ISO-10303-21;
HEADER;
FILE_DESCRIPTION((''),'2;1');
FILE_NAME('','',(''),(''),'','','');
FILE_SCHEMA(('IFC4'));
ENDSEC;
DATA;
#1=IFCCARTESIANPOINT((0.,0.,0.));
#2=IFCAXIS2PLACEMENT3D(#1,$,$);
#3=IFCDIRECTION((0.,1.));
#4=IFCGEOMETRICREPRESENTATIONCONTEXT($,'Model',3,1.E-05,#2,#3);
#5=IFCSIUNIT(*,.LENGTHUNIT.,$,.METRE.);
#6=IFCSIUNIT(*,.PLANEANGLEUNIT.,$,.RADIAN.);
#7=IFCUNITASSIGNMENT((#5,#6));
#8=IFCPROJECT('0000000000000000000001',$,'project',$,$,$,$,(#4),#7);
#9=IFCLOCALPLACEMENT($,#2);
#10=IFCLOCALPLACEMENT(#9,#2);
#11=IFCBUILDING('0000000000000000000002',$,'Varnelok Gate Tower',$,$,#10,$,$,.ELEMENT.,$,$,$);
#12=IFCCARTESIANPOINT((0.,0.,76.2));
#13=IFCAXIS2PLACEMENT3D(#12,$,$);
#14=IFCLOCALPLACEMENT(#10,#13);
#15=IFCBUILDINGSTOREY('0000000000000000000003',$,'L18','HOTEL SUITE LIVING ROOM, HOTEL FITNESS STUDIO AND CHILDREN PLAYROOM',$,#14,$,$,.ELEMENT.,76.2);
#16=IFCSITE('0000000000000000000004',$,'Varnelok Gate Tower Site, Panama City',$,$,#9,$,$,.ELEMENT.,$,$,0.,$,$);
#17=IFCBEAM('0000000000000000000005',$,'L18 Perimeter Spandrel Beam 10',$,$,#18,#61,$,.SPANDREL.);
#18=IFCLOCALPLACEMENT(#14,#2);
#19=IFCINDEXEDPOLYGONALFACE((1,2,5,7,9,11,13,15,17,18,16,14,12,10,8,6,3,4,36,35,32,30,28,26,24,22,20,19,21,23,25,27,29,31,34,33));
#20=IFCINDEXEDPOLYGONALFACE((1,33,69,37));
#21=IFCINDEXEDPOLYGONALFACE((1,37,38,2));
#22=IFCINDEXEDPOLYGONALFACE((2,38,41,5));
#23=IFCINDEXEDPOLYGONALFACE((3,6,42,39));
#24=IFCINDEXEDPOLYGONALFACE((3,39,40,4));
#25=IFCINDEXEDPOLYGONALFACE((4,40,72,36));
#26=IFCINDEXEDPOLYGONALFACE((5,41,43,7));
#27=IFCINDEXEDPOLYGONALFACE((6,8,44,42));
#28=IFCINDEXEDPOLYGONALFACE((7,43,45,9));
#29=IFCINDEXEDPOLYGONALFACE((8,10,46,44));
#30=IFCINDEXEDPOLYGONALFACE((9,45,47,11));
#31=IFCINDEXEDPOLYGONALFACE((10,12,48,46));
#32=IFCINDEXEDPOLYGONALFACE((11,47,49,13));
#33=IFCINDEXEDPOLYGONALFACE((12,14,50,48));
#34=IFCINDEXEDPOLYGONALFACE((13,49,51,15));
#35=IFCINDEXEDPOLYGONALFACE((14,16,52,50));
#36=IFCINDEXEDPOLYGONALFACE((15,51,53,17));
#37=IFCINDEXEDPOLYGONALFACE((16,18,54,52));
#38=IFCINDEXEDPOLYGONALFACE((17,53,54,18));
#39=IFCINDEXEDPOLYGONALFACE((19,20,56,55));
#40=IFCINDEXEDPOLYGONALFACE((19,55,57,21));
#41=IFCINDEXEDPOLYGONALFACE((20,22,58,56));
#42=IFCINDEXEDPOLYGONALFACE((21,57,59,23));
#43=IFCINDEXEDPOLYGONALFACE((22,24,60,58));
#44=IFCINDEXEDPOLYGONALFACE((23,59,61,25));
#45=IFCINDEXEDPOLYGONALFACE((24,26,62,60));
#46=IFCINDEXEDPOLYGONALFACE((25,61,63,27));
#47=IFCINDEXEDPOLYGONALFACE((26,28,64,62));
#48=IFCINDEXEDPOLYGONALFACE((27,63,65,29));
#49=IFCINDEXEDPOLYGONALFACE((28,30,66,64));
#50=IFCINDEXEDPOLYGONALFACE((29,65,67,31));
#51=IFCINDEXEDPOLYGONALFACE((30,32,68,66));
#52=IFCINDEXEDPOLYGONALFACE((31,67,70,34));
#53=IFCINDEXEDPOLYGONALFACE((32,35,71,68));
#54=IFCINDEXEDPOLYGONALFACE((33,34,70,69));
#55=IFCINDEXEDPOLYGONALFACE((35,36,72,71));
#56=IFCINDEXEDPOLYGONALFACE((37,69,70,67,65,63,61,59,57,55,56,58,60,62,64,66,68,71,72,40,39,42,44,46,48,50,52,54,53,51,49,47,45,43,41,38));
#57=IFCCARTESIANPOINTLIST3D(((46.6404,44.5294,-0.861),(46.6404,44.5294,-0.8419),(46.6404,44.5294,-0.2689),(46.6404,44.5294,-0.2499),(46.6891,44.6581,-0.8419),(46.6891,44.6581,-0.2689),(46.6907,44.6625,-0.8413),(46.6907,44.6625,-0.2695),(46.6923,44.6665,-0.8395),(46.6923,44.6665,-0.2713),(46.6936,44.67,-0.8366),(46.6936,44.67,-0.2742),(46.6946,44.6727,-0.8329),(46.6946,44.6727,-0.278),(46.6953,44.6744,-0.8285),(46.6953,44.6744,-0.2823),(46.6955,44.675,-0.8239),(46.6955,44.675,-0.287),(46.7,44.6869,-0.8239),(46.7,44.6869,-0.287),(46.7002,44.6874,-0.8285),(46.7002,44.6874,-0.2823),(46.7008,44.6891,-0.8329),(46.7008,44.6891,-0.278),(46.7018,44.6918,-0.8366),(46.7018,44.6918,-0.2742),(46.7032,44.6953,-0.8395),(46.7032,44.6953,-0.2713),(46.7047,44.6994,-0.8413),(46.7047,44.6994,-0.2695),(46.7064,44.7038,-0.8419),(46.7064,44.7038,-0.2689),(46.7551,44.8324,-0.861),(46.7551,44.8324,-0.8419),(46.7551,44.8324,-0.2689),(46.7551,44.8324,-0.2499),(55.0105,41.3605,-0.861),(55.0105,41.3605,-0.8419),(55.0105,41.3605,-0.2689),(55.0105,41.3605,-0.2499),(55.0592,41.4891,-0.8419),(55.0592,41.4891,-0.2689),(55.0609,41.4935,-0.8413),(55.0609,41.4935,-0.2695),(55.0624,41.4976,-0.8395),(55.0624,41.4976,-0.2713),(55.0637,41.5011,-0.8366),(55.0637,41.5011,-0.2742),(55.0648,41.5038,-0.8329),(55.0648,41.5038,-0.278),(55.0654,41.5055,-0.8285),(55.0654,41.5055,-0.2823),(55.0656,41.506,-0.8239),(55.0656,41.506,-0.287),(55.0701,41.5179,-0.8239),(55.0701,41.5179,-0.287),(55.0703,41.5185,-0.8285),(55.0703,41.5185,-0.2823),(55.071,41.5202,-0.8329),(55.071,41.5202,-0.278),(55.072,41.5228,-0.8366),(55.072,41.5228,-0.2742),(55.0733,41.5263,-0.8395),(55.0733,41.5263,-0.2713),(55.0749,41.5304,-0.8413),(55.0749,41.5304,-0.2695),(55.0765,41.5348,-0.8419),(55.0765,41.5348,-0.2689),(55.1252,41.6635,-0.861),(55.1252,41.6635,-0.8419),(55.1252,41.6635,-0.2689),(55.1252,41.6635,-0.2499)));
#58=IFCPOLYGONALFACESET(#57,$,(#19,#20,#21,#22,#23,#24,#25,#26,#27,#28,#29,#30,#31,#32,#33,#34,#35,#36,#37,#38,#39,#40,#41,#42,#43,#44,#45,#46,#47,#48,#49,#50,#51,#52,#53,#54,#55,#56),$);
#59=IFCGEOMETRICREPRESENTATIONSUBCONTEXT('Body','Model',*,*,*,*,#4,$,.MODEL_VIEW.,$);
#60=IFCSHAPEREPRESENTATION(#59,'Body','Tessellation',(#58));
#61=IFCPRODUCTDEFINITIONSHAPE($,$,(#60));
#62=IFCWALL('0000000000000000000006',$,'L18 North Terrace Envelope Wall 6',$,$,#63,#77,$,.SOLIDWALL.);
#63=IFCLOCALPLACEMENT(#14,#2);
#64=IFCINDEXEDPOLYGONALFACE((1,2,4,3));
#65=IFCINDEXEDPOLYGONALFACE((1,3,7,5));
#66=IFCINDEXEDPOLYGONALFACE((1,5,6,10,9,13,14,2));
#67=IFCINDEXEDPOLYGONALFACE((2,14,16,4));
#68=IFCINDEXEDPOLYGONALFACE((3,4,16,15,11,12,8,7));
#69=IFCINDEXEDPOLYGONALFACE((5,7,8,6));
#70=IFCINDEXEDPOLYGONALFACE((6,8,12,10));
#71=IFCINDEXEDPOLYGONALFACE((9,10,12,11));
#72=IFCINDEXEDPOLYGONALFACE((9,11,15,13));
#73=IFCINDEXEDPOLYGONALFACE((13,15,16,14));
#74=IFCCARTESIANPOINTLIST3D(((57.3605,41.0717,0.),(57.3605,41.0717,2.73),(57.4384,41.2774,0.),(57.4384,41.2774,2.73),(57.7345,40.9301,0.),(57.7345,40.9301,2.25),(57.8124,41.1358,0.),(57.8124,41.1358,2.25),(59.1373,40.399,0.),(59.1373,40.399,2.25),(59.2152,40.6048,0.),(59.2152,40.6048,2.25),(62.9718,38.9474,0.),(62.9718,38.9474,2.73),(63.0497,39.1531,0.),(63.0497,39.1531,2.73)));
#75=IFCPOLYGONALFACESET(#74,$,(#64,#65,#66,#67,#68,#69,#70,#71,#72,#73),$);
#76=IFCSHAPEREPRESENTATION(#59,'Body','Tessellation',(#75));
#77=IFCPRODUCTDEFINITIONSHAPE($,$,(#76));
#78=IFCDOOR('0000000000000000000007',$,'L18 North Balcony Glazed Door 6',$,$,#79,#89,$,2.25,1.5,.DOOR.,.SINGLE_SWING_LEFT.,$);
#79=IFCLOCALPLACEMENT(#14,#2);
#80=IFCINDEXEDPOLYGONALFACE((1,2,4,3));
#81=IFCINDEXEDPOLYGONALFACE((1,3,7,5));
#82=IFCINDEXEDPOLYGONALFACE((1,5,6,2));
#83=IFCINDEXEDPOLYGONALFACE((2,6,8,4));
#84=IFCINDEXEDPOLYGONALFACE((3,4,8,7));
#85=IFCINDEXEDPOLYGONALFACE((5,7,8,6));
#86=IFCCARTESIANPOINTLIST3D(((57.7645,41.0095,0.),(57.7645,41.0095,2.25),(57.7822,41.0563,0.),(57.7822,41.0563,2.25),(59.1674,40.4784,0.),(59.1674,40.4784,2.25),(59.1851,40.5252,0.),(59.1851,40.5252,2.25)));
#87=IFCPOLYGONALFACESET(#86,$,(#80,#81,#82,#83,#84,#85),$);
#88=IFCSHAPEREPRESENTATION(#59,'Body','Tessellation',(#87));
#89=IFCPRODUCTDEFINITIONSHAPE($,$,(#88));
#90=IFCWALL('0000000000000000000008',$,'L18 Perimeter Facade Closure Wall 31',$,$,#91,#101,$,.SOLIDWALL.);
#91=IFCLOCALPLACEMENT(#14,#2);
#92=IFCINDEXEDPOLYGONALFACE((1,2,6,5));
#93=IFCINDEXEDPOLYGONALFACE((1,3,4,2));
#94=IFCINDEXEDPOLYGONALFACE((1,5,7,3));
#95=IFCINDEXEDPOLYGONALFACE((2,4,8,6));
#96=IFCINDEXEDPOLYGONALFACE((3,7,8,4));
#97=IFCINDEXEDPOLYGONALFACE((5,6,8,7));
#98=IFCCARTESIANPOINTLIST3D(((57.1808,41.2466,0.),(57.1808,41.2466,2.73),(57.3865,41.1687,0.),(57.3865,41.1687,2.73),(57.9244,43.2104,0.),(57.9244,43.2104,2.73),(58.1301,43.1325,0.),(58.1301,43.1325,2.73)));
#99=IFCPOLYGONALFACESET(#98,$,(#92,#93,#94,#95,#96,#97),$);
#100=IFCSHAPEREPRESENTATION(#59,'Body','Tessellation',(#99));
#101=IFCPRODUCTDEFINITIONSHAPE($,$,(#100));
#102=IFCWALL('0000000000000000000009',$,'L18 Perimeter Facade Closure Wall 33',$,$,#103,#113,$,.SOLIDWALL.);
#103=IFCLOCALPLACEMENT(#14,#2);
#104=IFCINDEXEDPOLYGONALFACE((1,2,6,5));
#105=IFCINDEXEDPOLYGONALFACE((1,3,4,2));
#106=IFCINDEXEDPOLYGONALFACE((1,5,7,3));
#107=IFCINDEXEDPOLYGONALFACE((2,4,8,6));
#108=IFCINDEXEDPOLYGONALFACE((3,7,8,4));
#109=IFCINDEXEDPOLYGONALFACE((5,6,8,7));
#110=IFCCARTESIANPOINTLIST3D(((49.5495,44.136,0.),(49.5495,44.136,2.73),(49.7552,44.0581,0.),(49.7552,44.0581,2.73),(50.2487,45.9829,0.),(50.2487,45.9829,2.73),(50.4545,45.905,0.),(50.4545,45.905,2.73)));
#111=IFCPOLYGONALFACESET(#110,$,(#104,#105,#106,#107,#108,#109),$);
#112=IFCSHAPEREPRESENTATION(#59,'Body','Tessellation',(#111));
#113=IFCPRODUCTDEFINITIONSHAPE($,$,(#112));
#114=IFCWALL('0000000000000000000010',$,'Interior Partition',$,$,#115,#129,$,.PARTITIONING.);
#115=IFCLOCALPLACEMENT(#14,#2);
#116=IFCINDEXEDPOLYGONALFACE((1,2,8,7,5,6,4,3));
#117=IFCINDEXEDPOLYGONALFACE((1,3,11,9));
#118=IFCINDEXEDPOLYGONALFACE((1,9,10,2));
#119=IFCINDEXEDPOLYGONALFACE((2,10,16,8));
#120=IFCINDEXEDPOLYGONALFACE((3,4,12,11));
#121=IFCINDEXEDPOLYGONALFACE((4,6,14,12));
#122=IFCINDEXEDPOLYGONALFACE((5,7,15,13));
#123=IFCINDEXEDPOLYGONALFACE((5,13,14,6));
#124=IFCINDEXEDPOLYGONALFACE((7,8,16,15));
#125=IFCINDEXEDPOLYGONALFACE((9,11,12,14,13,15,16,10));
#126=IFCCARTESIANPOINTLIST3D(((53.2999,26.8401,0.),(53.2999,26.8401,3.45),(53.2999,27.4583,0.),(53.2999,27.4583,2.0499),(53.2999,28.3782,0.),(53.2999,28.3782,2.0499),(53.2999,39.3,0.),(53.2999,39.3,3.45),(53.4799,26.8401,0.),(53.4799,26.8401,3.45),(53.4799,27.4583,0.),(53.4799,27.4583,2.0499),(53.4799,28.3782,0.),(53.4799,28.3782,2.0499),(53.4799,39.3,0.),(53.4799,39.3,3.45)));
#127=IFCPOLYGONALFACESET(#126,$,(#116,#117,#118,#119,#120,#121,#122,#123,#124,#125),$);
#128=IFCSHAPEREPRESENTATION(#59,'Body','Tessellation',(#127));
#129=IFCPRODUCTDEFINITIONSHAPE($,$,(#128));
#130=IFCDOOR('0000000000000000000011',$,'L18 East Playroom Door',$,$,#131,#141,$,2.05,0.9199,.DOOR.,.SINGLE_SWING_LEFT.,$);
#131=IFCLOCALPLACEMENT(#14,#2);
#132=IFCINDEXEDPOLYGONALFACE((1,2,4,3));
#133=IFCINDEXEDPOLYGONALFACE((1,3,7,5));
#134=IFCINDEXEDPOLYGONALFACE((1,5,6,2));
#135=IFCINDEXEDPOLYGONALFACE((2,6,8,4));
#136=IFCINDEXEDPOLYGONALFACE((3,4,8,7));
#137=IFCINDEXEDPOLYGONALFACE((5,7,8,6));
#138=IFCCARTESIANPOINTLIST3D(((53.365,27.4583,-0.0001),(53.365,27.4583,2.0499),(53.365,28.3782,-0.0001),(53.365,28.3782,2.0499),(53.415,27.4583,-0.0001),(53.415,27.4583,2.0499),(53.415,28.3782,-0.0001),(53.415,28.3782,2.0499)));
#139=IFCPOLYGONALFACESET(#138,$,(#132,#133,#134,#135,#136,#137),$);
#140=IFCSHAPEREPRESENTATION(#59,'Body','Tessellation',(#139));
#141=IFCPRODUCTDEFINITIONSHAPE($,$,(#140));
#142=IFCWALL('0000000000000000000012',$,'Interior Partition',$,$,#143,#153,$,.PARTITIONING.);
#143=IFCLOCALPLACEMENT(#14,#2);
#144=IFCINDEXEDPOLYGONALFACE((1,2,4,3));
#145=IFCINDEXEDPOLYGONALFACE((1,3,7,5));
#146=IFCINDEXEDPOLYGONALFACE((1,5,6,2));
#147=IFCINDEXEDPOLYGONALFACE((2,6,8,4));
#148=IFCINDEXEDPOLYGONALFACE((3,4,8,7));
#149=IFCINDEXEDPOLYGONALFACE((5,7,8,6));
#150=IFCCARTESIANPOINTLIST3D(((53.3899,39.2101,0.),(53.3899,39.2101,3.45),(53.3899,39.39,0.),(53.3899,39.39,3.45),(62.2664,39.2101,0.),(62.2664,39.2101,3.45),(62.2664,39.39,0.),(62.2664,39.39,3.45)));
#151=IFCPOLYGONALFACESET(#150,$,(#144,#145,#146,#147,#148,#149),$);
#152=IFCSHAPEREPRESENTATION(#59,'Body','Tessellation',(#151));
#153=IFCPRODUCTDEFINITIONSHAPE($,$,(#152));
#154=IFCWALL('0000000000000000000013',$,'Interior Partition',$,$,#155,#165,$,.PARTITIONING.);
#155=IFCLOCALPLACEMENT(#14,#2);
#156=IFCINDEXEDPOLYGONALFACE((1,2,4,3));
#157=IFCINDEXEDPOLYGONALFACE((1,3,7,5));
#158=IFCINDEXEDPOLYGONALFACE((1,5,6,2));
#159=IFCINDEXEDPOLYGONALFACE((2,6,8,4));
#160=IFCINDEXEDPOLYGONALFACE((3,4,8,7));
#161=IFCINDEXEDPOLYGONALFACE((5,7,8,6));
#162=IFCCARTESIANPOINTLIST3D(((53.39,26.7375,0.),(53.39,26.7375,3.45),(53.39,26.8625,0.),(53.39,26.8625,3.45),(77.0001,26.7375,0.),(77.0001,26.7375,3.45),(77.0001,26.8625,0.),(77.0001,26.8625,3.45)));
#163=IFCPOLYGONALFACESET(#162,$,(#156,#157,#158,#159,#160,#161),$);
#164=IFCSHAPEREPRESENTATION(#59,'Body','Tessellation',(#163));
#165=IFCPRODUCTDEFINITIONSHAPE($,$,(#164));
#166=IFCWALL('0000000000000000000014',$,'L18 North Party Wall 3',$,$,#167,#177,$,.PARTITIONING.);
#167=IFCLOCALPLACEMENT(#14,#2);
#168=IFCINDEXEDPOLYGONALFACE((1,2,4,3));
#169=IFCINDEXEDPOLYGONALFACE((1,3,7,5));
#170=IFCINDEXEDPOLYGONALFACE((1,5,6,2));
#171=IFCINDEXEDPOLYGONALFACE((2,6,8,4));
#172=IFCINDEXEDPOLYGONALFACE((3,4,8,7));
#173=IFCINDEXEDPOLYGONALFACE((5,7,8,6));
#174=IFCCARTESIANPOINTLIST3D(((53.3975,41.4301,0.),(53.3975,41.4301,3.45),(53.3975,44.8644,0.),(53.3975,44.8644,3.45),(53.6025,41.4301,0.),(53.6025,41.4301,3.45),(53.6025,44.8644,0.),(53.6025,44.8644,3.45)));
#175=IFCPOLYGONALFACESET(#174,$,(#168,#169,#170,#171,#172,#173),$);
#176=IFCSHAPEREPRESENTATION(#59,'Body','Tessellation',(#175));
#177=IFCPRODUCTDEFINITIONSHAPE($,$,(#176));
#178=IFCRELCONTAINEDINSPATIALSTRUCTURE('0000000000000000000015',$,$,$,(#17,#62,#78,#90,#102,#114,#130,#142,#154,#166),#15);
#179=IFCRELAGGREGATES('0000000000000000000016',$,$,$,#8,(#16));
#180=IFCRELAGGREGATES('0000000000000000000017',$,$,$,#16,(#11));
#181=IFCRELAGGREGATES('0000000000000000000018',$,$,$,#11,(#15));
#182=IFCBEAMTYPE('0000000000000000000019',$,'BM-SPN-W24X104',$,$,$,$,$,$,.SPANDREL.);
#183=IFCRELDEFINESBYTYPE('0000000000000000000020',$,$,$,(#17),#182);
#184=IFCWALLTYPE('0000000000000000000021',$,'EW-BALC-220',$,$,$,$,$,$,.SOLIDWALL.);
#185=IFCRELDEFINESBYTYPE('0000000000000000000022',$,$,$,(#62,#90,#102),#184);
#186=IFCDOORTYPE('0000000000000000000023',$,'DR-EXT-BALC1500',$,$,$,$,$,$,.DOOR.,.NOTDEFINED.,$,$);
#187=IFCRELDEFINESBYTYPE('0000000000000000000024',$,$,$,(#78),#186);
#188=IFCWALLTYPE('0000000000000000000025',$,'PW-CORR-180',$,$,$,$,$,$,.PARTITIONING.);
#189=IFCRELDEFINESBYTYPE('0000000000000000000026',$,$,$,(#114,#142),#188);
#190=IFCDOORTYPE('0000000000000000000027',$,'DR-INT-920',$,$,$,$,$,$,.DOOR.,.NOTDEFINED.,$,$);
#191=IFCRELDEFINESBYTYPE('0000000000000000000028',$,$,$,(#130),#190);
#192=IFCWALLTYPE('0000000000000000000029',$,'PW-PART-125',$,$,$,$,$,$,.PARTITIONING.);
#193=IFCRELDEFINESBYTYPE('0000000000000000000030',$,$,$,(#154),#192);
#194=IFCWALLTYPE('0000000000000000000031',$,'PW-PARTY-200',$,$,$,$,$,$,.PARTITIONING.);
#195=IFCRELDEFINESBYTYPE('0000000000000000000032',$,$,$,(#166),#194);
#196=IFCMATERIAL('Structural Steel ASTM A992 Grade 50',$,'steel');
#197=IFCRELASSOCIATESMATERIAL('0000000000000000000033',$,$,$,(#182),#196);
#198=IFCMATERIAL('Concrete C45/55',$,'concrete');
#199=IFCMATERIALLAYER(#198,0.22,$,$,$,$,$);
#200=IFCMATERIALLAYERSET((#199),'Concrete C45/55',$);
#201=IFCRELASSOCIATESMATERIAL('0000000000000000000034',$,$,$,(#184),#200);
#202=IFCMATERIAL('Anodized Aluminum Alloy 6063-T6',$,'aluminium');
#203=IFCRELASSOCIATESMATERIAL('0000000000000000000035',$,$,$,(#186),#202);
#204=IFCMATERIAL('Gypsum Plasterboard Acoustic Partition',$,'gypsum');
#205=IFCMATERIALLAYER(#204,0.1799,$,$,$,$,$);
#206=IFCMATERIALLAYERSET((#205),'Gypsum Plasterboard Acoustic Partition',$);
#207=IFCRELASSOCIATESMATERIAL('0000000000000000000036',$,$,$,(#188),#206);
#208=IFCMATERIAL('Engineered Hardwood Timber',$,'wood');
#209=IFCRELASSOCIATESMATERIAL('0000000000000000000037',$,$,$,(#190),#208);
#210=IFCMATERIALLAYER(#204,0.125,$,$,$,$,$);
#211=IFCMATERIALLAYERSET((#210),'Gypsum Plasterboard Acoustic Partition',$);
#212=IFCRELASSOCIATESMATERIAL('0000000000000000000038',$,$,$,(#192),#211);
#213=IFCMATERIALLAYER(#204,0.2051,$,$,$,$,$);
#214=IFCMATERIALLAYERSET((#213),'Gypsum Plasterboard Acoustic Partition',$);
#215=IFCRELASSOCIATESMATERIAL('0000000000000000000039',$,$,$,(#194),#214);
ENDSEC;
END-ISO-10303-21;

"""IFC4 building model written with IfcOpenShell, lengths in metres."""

from ifc_helpers import new_model, si_unit, direction, frame, frame_2d, origin, origin_2d, place, context, subcontext, project, spatial, rectangle, i_section, extrude, material, layer, layer_set, material_profile, profile_set, type_object, element, fill, save


model = new_model("IFC4")

# Units and contexts
model_context = context("Model", 3, precision=1e-05, world=origin(), true_north=direction((0.0, 1.0)))
body_context = subcontext(model_context, "Body", "Model", "MODEL_VIEW")
ifc_project = project(units=[si_unit("LENGTHUNIT", "METRE"), si_unit("PLANEANGLEUNIT", "RADIAN")], contexts=[model_context])

# Site, building, storey
site_placement = place(None, origin())
site = spatial("IfcSite", under=ifc_project, at=site_placement, Name="Varnelok Gate Tower Site, Panama City", CompositionType="ELEMENT", RefElevation=0.0)
building_placement = place(site_placement, origin())
building = spatial("IfcBuilding", under=site, at=building_placement, Name="Varnelok Gate Tower", CompositionType="ELEMENT")
storey_placement = place(building_placement, frame((0.0, 0.0, 76.2)))
storey = spatial("IfcBuildingStorey", under=building, at=storey_placement, Name="L18", Description="HOTEL SUITE LIVING ROOM, HOTEL FITNESS STUDIO AND CHILDREN PLAYROOM", CompositionType="ELEMENT", Elevation=76.2)

# Shared definitions
ifc_material_1 = material(Name="Structural Steel ASTM A992 Grade 50", Category="steel")

# Beam
ifc_material_profile_1 = material_profile(ifc_material_1, i_section(OverallWidth=0.324, OverallDepth=0.6111, WebThickness=0.0127, FlangeThickness=0.019, FilletRadius=0.0181, at=origin_2d()), Name="W24X104")
ifc_profile_set_1 = profile_set([ifc_material_profile_1], Name="Structural Steel ASTM A992 Grade 50")
beam_type_1 = type_object("IfcBeamType", Name="BM-SPN-W24X104", PredefinedType="SPANDREL", material=ifc_profile_set_1)
beam_1_placement = place(storey_placement, frame((55.0679, 41.512, -0.5554), z_axis=(-0.935217, 0.354075, 0.0), x_axis=(-0.354075, -0.935217, 0.0)))
element("IfcBeam", 1, at=beam_1_placement, inside=storey, type_object=beam_type_1, Name="L18 Perimeter Spandrel Beam 10", PredefinedType="SPANDREL", context=body_context, shape_type="SweptSolid", body=[
    extrude(i_section(OverallWidth=0.324, OverallDepth=0.6111, WebThickness=0.0127, FlangeThickness=0.019, FilletRadius=0.0181, at=origin_2d()), origin(), (0.0, 0.0, 1.0), 8.95),
])

# Wall, opening, door
ifc_material_2 = material(Name="Concrete C45/55", Category="concrete")
ifc_layer_1 = layer(ifc_material_2, 0.22)
ifc_layer_set_1 = layer_set([ifc_layer_1], Name="Concrete C45/55")
wall_type_1 = type_object("IfcWallType", Name="EW-BALC-220", PredefinedType="SOLIDWALL", material=ifc_layer_set_1)
wall_1_placement = place(storey_placement, frame((57.3994, 41.1746, 0.0), z_axis=(0.0, 0.0, 1.0), x_axis=(0.935228, -0.354047, 0.0)))
wall_1 = element("IfcWall", 2, at=wall_1_placement, inside=storey, type_object=wall_type_1, Name="L18 North Terrace Envelope Wall 6", PredefinedType="SOLIDWALL", context=body_context, shape_type="SweptSolid", body=[
    extrude(rectangle(XDim=6.0, YDim=0.22, at=frame_2d((3.0, 0.0))), origin(), (0.0, 0.0, 1.0), 2.73),
])
opening_1_placement = place(wall_1_placement, frame((0.3999, 0.0, 0.0)))
opening_1 = element("IfcOpeningElement", 3, at=opening_1_placement, cuts=wall_1, PredefinedType="OPENING", context=body_context, shape_type="SweptSolid", body=[
    extrude(rectangle(XDim=1.5, YDim=2.25, at=frame_2d((0.75, 1.125))), frame((0.0, 0.1199, 0.0), z_axis=(0.0, -1.0, 0.0), x_axis=(1.0, 0.0, 0.0)), (0.0, 0.0, 1.0), 0.24),
])
ifc_material_3 = material(Name="Anodized Aluminum Alloy 6063-T6", Category="aluminium")
door_type_1 = type_object("IfcDoorType", Name="DR-EXT-BALC1500", OperationType="NOTDEFINED", PredefinedType="DOOR", material=ifc_material_3)
door_1_placement = place(opening_1_placement, origin())
door_1 = element("IfcDoor", 4, at=door_1_placement, inside=storey, type_object=door_type_1, Name="L18 North Balcony Glazed Door 6", OperationType="SINGLE_SWING_LEFT", OverallHeight=2.25, OverallWidth=1.5, PredefinedType="DOOR", context=body_context, shape_type="SweptSolid", body=[
    extrude(rectangle(XDim=1.5, YDim=2.25, at=frame_2d((0.75, 1.125))), frame((0.0, 0.0249, 0.0), z_axis=(0.0, -1.0, 0.0), x_axis=(1.0, 0.0, 0.0)), (0.0, 0.0, 1.0), 0.05),
])
fill(opening_1, door_1)

# Walls
wall_2_placement = place(storey_placement, frame((57.2837, 41.2078, 0.0), z_axis=(0.0, 0.0, 1.0), x_axis=(0.354128, 0.935197, 0.0)))
element("IfcWall", 5, at=wall_2_placement, inside=storey, type_object=wall_type_1, Name="L18 Perimeter Facade Closure Wall 31", PredefinedType="SOLIDWALL", context=body_context, shape_type="SweptSolid", body=[
    extrude(rectangle(XDim=2.0999, YDim=0.22, at=frame_2d((1.0498, 0.0))), origin(), (0.0, 0.0, 1.0), 2.73),
])
wall_3_placement = place(storey_placement, frame((50.3516, 45.9438, 0.0), z_axis=(0.0, 0.0, 1.0), x_axis=(-0.354062, -0.935222, 0.0)))
element("IfcWall", 6, at=wall_3_placement, inside=storey, type_object=wall_type_1, Name="L18 Perimeter Facade Closure Wall 33", PredefinedType="SOLIDWALL", context=body_context, shape_type="SweptSolid", body=[
    extrude(rectangle(XDim=1.9749, YDim=0.22, at=frame_2d((0.9873, 0.0))), origin(), (0.0, 0.0, 1.0), 2.73),
])

# Wall, opening, door
ifc_material_4 = material(Name="Gypsum Plasterboard Acoustic Partition", Category="gypsum")
ifc_layer_2 = layer(ifc_material_4, 0.1799)
ifc_layer_set_2 = layer_set([ifc_layer_2], Name="Gypsum Plasterboard Acoustic Partition")
wall_type_2 = type_object("IfcWallType", Name="PW-CORR-180", PredefinedType="PARTITIONING", material=ifc_layer_set_2)
wall_4_placement = place(storey_placement, frame((53.3899, 26.8401, 0.0), z_axis=(0.0, 0.0, 1.0), x_axis=(0.0, 1.0, 0.0)))
wall_4 = element("IfcWall", 7, at=wall_4_placement, inside=storey, type_object=wall_type_2, Name="Interior Partition", PredefinedType="PARTITIONING", context=body_context, shape_type="SweptSolid", body=[
    extrude(rectangle(XDim=12.46, YDim=0.1799, at=frame_2d((6.23, 0.0))), origin(), (0.0, 0.0, 1.0), 3.45),
])
opening_2_placement = place(wall_4_placement, frame((0.6182, 0.0, 0.0)))
opening_2 = element("IfcOpeningElement", 8, at=opening_2_placement, cuts=wall_4, PredefinedType="OPENING", context=body_context, shape_type="SweptSolid", body=[
    extrude(rectangle(XDim=0.9199, YDim=2.05, at=frame_2d((0.46, 1.0249))), frame((0.0, 0.0999, 0.0), z_axis=(0.0, -1.0, 0.0), x_axis=(1.0, 0.0, 0.0)), (0.0, 0.0, 1.0), 0.2),
])
ifc_material_5 = material(Name="Engineered Hardwood Timber", Category="wood")
door_type_2 = type_object("IfcDoorType", Name="DR-INT-920", OperationType="NOTDEFINED", PredefinedType="DOOR", material=ifc_material_5)
door_2_placement = place(opening_2_placement, origin())
door_2 = element("IfcDoor", 9, at=door_2_placement, inside=storey, type_object=door_type_2, Name="L18 East Playroom Door", OperationType="SINGLE_SWING_LEFT", OverallHeight=2.05, OverallWidth=0.9199, PredefinedType="DOOR", context=body_context, shape_type="SweptSolid", body=[
    extrude(rectangle(XDim=0.9199, YDim=2.05, at=frame_2d((0.46, 1.0249))), frame((0.0, 0.0249, 0.0), z_axis=(0.0, -1.0, 0.0), x_axis=(1.0, 0.0, 0.0)), (0.0, 0.0, 1.0), 0.05),
])
fill(opening_2, door_2)

# Walls
wall_5_placement = place(storey_placement, frame((53.3899, 39.3, 0.0), z_axis=(0.0, 0.0, 1.0), x_axis=(1.0, 0.0, 0.0)))
element("IfcWall", 10, at=wall_5_placement, inside=storey, type_object=wall_type_2, Name="Interior Partition", PredefinedType="PARTITIONING", context=body_context, shape_type="SweptSolid", body=[
    extrude(rectangle(XDim=8.8765, YDim=0.1799, at=frame_2d((4.4382, 0.0))), origin(), (0.0, 0.0, 1.0), 3.45),
])
ifc_layer_3 = layer(ifc_material_4, 0.125)
ifc_layer_set_3 = layer_set([ifc_layer_3], Name="Gypsum Plasterboard Acoustic Partition")
wall_type_3 = type_object("IfcWallType", Name="PW-PART-125", PredefinedType="PARTITIONING", material=ifc_layer_set_3)
wall_6_placement = place(storey_placement, frame((53.3899, 26.8, 0.0), z_axis=(0.0, 0.0, 1.0), x_axis=(1.0, 0.0, 0.0)))
element("IfcWall", 11, at=wall_6_placement, inside=storey, type_object=wall_type_3, Name="Interior Partition", PredefinedType="PARTITIONING", context=body_context, shape_type="SweptSolid", body=[
    extrude(rectangle(XDim=23.6101, YDim=0.125, at=frame_2d((11.8052, 0.0))), origin(), (0.0, 0.0, 1.0), 3.45),
])
ifc_layer_4 = layer(ifc_material_4, 0.2051)
ifc_layer_set_4 = layer_set([ifc_layer_4], Name="Gypsum Plasterboard Acoustic Partition")
wall_type_4 = type_object("IfcWallType", Name="PW-PARTY-200", PredefinedType="PARTITIONING", material=ifc_layer_set_4)
wall_7_placement = place(storey_placement, frame((53.5, 41.4299, 0.0), z_axis=(0.0, 0.0, 1.0), x_axis=(0.0, 1.0, 0.0)))
element("IfcWall", 12, at=wall_7_placement, inside=storey, type_object=wall_type_4, Name="L18 North Party Wall 3", PredefinedType="PARTITIONING", context=body_context, shape_type="SweptSolid", body=[
    extrude(rectangle(XDim=3.4343, YDim=0.2051, at=frame_2d((1.7173, 0.0))), origin(), (0.0, 0.0, 1.0), 3.45),
])

save(model, "model.ifc")
